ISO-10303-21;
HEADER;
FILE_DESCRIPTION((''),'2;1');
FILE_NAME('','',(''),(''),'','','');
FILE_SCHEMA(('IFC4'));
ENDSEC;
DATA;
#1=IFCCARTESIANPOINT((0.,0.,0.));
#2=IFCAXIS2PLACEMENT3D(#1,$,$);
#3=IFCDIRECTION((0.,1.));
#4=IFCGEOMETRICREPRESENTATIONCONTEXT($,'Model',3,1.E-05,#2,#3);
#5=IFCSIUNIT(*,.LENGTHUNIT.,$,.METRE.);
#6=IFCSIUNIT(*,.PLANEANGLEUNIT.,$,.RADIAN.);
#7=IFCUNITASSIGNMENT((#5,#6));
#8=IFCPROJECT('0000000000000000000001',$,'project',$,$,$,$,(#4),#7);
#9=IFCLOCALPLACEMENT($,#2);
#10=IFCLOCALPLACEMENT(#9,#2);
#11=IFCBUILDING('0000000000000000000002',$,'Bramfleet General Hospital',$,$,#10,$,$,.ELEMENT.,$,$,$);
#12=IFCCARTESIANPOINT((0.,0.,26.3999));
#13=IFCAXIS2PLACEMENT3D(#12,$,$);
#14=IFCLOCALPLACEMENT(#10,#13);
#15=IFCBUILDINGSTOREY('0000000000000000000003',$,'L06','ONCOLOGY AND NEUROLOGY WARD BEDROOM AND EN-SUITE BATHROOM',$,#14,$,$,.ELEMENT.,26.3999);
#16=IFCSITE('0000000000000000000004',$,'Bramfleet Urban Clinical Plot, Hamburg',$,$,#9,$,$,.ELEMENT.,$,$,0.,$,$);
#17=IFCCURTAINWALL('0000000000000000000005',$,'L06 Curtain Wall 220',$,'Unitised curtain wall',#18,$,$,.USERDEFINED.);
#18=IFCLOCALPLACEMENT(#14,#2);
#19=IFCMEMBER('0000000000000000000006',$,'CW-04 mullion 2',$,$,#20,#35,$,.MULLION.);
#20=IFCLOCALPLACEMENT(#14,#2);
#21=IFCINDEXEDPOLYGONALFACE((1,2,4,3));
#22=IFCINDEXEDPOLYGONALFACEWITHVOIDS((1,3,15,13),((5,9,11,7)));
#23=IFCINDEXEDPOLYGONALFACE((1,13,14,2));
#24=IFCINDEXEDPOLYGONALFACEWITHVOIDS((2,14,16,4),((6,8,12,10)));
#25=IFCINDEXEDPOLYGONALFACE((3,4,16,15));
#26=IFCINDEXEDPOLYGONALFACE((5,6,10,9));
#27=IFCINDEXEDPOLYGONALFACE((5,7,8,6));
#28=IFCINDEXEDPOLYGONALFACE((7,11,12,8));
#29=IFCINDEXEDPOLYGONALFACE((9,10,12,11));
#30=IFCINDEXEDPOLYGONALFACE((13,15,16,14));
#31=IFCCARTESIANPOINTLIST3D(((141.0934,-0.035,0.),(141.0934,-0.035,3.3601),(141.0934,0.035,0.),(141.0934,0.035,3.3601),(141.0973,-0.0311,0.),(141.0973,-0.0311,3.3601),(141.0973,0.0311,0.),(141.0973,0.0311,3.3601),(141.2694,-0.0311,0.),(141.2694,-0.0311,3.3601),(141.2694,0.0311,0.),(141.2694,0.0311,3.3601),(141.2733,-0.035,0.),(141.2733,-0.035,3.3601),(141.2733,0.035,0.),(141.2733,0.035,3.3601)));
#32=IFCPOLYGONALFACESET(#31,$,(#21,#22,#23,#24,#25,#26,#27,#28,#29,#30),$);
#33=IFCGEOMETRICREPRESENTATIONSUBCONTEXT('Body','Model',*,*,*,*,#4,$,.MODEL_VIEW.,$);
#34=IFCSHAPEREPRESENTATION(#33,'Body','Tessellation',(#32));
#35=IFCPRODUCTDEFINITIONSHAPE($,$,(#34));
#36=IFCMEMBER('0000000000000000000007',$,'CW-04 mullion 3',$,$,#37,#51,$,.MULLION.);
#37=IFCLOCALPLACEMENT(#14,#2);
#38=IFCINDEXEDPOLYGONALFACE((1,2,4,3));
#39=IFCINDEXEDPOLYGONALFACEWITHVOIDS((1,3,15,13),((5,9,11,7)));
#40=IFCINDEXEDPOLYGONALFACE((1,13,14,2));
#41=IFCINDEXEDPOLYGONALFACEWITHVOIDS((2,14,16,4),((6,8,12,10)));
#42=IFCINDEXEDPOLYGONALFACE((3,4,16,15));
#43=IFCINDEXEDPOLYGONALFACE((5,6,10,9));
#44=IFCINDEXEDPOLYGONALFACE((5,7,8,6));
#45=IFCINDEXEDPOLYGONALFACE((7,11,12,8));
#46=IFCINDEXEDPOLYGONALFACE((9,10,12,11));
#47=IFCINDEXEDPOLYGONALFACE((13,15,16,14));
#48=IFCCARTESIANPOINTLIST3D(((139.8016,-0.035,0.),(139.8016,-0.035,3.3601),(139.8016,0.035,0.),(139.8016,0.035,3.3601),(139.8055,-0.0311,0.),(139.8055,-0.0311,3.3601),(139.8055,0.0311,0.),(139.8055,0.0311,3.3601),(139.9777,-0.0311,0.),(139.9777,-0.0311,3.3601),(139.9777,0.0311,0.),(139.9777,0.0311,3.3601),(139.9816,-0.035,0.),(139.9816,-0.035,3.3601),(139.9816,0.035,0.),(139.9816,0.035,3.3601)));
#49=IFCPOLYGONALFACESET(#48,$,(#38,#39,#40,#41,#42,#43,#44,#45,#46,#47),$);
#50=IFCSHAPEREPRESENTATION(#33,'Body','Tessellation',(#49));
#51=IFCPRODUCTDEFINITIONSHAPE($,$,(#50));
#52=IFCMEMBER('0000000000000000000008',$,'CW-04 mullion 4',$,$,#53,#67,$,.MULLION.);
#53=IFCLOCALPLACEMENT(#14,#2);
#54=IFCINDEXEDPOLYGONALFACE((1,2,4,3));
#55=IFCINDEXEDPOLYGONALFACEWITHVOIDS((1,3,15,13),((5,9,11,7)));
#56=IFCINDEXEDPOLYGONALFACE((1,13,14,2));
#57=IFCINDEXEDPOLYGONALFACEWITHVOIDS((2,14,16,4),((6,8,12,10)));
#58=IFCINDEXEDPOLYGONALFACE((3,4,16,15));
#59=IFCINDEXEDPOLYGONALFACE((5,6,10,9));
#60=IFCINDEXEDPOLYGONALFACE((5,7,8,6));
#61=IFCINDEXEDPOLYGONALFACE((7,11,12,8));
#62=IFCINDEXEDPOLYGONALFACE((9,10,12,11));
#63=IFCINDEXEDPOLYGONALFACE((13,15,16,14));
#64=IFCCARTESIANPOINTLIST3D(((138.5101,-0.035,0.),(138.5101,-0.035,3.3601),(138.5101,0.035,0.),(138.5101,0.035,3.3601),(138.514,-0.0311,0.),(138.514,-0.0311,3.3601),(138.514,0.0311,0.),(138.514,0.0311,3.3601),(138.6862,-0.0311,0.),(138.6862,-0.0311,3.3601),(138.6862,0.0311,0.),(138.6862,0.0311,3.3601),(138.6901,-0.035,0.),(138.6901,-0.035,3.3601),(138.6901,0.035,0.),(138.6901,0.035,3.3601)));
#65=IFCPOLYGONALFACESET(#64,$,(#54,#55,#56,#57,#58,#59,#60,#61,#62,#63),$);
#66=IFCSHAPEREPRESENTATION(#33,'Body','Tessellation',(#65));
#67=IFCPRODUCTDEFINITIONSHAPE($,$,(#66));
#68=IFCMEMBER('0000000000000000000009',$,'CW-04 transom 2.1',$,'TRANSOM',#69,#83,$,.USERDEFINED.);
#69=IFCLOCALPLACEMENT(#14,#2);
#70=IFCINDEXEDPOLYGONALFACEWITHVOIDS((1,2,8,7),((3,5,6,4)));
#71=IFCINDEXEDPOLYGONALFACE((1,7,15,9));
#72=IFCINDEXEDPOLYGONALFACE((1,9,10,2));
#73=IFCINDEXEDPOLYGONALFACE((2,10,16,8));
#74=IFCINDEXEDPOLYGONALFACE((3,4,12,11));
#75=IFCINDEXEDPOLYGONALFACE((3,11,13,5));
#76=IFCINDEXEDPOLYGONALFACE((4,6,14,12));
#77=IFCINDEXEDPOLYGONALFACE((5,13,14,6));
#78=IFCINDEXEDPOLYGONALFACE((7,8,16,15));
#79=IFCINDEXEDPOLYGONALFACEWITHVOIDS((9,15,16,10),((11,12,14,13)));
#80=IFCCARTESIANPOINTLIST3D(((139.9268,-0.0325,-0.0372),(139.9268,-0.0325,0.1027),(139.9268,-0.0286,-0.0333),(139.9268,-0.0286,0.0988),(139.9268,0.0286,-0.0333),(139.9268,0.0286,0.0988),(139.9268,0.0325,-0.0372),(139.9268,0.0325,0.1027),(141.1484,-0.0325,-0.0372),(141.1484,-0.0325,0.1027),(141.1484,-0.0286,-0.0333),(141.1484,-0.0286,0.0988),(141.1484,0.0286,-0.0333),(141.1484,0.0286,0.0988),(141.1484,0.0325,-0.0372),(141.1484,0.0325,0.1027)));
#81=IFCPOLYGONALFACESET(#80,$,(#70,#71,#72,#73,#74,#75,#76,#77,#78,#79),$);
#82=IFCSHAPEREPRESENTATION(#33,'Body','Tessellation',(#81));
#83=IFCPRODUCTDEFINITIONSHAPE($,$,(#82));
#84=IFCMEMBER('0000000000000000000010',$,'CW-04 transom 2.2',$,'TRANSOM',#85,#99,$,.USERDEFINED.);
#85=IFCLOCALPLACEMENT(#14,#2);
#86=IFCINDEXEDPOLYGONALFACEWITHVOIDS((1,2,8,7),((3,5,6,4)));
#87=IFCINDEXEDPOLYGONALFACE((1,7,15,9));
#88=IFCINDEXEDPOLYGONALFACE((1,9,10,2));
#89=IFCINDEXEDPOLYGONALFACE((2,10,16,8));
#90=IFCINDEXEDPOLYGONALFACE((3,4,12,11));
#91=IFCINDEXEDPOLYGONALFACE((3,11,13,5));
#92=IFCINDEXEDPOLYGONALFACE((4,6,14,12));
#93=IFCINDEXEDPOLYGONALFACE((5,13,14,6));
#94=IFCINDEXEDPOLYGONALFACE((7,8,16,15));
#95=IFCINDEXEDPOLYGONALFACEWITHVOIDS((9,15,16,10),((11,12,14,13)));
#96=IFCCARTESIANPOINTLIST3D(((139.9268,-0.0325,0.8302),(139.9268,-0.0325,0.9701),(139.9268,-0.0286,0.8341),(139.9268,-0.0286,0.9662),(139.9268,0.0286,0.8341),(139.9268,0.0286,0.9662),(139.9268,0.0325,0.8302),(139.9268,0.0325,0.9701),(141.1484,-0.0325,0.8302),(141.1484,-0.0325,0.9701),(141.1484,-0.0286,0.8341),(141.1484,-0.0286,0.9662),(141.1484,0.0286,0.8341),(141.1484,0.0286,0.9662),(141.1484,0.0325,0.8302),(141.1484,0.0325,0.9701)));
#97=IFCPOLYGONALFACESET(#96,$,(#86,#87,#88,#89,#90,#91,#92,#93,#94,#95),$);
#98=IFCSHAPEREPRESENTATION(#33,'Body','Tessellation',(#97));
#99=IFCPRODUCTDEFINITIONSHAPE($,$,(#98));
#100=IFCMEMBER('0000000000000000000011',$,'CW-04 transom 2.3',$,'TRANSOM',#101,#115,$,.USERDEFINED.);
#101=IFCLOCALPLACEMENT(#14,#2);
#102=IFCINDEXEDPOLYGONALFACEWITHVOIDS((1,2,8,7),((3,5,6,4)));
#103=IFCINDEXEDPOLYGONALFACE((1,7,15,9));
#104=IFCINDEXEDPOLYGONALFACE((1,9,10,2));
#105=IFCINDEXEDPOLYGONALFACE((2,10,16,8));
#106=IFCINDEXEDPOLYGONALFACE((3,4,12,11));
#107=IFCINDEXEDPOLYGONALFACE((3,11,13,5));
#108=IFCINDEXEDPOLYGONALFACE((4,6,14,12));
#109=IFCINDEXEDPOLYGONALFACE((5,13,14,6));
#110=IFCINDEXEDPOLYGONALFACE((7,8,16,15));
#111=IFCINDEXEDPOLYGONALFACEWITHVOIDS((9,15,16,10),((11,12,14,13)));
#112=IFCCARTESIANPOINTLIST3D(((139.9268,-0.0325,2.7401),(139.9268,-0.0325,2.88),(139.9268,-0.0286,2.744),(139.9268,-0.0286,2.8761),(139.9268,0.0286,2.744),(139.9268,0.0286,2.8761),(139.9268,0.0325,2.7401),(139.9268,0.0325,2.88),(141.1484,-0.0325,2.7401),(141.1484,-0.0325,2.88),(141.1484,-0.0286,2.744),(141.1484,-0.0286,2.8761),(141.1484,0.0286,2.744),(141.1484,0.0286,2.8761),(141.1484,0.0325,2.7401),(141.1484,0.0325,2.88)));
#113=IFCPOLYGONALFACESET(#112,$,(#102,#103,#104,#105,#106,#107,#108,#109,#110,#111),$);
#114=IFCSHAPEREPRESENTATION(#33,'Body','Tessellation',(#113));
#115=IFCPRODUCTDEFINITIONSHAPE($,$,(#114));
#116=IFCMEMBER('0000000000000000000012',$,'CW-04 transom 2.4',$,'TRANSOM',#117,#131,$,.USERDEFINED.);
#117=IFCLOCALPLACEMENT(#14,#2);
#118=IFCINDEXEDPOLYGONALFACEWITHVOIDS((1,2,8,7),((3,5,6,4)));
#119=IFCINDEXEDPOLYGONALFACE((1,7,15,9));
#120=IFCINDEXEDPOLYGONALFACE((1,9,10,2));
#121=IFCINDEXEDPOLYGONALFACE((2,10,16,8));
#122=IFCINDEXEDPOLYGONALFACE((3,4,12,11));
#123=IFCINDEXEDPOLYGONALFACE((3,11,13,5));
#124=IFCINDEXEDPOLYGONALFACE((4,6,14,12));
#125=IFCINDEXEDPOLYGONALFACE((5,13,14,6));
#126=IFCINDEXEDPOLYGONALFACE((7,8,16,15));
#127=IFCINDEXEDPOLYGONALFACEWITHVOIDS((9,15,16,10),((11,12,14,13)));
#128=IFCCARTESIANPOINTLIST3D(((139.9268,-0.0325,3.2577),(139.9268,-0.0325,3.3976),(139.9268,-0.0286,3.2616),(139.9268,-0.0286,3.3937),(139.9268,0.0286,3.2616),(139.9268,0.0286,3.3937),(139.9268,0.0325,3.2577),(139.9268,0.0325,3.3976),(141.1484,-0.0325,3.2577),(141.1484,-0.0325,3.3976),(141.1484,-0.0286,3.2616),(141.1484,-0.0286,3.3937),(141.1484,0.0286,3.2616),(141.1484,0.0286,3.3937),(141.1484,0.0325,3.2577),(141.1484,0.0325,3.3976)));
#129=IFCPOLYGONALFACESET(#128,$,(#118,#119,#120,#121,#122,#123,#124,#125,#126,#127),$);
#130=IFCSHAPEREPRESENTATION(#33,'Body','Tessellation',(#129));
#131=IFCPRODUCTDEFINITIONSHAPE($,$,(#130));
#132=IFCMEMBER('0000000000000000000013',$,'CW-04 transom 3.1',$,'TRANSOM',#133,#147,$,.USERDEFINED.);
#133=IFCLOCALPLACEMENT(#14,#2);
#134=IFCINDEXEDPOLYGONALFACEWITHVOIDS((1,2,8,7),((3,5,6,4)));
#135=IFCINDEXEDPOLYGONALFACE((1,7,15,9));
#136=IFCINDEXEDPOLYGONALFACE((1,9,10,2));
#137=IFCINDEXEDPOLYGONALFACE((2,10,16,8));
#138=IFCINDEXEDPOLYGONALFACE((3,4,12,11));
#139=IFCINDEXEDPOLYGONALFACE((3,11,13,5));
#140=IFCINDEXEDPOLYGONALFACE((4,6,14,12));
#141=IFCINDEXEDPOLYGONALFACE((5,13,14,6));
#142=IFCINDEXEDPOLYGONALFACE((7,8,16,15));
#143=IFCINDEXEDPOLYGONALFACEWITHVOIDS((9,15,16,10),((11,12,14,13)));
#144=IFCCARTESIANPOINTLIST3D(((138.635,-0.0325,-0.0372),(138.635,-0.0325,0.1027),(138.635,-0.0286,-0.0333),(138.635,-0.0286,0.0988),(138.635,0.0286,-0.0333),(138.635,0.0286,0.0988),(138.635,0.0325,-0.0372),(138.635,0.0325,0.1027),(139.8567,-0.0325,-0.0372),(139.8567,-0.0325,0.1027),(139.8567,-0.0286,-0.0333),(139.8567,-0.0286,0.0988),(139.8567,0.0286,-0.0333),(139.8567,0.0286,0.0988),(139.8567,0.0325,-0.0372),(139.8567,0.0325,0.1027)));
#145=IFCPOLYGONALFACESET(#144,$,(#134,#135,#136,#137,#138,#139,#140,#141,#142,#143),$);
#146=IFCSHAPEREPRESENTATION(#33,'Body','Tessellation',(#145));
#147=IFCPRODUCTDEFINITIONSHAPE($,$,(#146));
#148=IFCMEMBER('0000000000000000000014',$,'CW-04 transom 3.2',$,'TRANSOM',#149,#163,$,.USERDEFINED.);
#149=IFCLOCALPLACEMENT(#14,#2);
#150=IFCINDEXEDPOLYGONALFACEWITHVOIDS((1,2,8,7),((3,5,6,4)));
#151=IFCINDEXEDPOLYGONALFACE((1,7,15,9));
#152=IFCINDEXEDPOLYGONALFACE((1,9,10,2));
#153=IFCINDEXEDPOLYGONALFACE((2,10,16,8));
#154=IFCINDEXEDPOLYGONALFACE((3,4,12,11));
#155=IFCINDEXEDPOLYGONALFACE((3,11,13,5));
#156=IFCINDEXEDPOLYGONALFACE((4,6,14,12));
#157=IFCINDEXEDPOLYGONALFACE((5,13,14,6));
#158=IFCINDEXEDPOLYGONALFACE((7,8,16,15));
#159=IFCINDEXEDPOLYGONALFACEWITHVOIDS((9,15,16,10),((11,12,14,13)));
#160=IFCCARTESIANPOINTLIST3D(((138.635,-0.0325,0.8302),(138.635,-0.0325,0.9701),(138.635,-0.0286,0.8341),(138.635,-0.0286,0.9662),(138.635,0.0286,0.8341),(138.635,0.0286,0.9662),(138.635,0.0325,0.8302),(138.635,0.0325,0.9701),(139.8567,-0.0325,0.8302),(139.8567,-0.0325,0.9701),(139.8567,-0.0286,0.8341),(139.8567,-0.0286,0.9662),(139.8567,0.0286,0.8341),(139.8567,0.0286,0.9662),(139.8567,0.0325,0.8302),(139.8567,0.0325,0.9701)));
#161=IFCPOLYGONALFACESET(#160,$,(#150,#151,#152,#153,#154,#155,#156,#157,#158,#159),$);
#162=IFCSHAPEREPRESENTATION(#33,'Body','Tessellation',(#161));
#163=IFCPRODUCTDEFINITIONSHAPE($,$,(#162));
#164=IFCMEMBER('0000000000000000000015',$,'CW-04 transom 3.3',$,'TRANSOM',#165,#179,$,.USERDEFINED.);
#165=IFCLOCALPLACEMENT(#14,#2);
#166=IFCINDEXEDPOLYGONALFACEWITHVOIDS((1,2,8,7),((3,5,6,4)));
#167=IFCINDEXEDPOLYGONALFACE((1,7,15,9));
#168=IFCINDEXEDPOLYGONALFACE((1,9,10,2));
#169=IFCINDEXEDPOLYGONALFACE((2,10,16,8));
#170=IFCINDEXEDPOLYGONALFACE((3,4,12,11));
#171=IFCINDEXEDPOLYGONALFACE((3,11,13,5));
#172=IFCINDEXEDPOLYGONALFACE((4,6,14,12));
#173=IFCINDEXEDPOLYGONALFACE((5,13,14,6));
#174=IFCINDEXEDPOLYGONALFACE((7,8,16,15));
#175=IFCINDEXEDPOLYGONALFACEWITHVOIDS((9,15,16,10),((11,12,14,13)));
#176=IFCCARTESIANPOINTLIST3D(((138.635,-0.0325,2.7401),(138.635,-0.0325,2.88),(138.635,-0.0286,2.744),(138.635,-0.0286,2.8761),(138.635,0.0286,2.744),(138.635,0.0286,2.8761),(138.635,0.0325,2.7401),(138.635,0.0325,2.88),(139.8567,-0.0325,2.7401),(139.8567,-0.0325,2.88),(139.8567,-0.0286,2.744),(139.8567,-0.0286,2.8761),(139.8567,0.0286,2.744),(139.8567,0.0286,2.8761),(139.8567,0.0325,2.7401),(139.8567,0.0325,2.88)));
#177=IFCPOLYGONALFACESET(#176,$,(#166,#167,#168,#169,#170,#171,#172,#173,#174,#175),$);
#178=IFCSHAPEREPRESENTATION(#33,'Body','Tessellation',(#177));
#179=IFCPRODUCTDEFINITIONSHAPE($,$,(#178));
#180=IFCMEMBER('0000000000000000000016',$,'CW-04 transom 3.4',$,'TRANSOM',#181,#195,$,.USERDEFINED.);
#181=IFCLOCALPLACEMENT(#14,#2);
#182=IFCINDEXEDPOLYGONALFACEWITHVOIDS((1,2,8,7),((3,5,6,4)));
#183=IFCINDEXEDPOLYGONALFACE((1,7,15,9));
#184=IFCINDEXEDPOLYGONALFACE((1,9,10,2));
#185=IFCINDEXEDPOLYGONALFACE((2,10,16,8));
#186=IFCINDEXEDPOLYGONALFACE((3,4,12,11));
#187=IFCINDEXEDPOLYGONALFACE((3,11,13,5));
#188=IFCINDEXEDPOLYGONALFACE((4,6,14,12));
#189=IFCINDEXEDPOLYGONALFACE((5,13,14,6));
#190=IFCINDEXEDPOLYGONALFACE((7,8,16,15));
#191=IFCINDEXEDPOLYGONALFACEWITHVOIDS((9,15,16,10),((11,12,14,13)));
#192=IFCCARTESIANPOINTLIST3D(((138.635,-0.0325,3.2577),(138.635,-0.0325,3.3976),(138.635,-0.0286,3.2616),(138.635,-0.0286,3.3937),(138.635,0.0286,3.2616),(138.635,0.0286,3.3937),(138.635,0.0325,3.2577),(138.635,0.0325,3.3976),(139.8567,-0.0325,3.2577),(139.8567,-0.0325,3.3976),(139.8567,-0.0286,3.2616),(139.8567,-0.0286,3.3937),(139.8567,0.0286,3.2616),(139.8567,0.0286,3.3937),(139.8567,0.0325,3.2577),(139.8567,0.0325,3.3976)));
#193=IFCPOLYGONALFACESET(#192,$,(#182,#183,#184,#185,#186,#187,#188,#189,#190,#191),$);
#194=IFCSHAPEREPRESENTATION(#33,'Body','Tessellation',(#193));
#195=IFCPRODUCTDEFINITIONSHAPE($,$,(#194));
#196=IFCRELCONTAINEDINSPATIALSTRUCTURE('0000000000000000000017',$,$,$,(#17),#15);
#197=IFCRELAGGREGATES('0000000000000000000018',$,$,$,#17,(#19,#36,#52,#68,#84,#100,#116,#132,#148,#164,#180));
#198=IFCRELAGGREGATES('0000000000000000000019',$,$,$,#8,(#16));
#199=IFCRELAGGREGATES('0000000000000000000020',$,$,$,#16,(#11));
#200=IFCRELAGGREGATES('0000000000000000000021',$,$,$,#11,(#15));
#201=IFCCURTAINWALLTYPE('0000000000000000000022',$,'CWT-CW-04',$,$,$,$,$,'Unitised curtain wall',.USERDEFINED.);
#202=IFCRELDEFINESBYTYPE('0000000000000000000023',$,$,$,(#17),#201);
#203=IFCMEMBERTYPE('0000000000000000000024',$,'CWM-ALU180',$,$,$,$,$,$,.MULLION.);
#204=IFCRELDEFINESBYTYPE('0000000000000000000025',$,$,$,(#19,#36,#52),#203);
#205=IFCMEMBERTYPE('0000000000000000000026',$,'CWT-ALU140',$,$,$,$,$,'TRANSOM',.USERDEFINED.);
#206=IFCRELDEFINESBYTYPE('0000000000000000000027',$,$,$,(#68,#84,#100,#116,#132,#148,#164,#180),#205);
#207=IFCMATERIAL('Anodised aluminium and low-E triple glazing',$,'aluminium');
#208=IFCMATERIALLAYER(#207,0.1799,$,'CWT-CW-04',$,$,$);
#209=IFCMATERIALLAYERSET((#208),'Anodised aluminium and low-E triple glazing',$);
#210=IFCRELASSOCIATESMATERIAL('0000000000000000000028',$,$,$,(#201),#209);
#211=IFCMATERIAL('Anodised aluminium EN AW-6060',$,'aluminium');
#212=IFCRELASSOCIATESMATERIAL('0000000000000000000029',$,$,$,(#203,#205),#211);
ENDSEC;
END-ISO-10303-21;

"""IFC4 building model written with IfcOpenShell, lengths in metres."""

from ifc_helpers import new_model, si_unit, direction, frame, origin, origin_2d, place, context, subcontext, project, spatial, hollow_rectangle, extrude, material, layer, layer_set, material_profile, profile_set, type_object, element, aggregate, save


model = new_model("IFC4")

# Units and contexts
model_context = context("Model", 3, precision=1e-05, world=origin(), true_north=direction((0.0, 1.0)))
body_context = subcontext(model_context, "Body", "Model", "MODEL_VIEW")
ifc_project = project(units=[si_unit("LENGTHUNIT", "METRE"), si_unit("PLANEANGLEUNIT", "RADIAN")], contexts=[model_context])

# Site, building, storey
site_placement = place(None, origin())
site = spatial("IfcSite", under=ifc_project, at=site_placement, Name="Bramfleet Urban Clinical Plot, Hamburg", CompositionType="ELEMENT", RefElevation=0.0)
building_placement = place(site_placement, origin())
building = spatial("IfcBuilding", under=site, at=building_placement, Name="Bramfleet General Hospital", CompositionType="ELEMENT")
storey_placement = place(building_placement, frame((0.0, 0.0, 26.3999)))
storey = spatial("IfcBuildingStorey", under=building, at=storey_placement, Name="L06", Description="ONCOLOGY AND NEUROLOGY WARD BEDROOM AND EN-SUITE BATHROOM", CompositionType="ELEMENT", Elevation=26.3999)

# Curtain wall, members
ifc_material_1 = material(Name="Anodised aluminium and low-E triple glazing", Category="aluminium")
ifc_layer_1 = layer(ifc_material_1, 0.1799, Name="CWT-CW-04")
ifc_layer_set_1 = layer_set([ifc_layer_1], Name="Anodised aluminium and low-E triple glazing")
curtain_wall_type = type_object("IfcCurtainWallType", Name="CWT-CW-04", ElementType="Unitised curtain wall", PredefinedType="USERDEFINED", material=ifc_layer_set_1)
curtain_wall_placement = place(storey_placement, origin())
curtain_wall = element("IfcCurtainWall", 1, at=curtain_wall_placement, inside=storey, type_object=curtain_wall_type, Name="L06 Curtain Wall 220", ObjectType="Unitised curtain wall", PredefinedType="USERDEFINED")
ifc_material_2 = material(Name="Anodised aluminium EN AW-6060", Category="aluminium")
ifc_material_profile_1 = material_profile(ifc_material_2, hollow_rectangle(XDim=0.0701, YDim=0.1799, WallThickness=0.0039, at=origin_2d()), Name="ALU 180x70x4.0")
ifc_profile_set_1 = profile_set([ifc_material_profile_1], Name="Anodised aluminium EN AW-6060")
member_type_1 = type_object("IfcMemberType", Name="CWM-ALU180", PredefinedType="MULLION", material=ifc_profile_set_1)
member_1_placement = place(storey_placement, frame((141.1833, 0.0, 0.0), z_axis=(0.0, 0.0, 1.0), x_axis=(0.0, -1.0, 0.0)))
member_1 = element("IfcMember", 2, at=member_1_placement, type_object=member_type_1, Name="CW-04 mullion 2", PredefinedType="MULLION", context=body_context, shape_type="SweptSolid", body=[
    extrude(hollow_rectangle(XDim=0.0701, YDim=0.1799, WallThickness=0.0039, at=origin_2d()), origin(), (0.0, 0.0, 1.0), 3.3601),
])
member_2_placement = place(storey_placement, frame((139.8916, 0.0, 0.0), z_axis=(0.0, 0.0, 1.0), x_axis=(0.0, -1.0, 0.0)))
member_2 = element("IfcMember", 3, at=member_2_placement, type_object=member_type_1, Name="CW-04 mullion 3", PredefinedType="MULLION", context=body_context, shape_type="SweptSolid", body=[
    extrude(hollow_rectangle(XDim=0.0701, YDim=0.1799, WallThickness=0.0039, at=origin_2d()), origin(), (0.0, 0.0, 1.0), 3.3601),
])
member_3_placement = place(storey_placement, frame((138.6001, 0.0, 0.0), z_axis=(0.0, 0.0, 1.0), x_axis=(0.0, -1.0, 0.0)))
member_3 = element("IfcMember", 4, at=member_3_placement, type_object=member_type_1, Name="CW-04 mullion 4", PredefinedType="MULLION", context=body_context, shape_type="SweptSolid", body=[
    extrude(hollow_rectangle(XDim=0.0701, YDim=0.1799, WallThickness=0.0039, at=origin_2d()), origin(), (0.0, 0.0, 1.0), 3.3601),
])
ifc_material_profile_2 = material_profile(ifc_material_2, hollow_rectangle(XDim=0.0649, YDim=0.1399, WallThickness=0.0039, at=origin_2d()), Name="ALU 140x65x4.0")
ifc_profile_set_2 = profile_set([ifc_material_profile_2], Name="Anodised aluminium EN AW-6060")
member_type_2 = type_object("IfcMemberType", Name="CWT-ALU140", ElementType="TRANSOM", PredefinedType="USERDEFINED", material=ifc_profile_set_2)
member_4_placement = place(storey_placement, frame((141.1484, 0.0, 0.0327), z_axis=(-1.0, 0.0, 0.0), x_axis=(0.0, -1.0, 0.0)))
member_4 = element("IfcMember", 5, at=member_4_placement, type_object=member_type_2, Name="CW-04 transom 2.1", ObjectType="TRANSOM", PredefinedType="USERDEFINED", context=body_context, shape_type="SweptSolid", body=[
    extrude(hollow_rectangle(XDim=0.0649, YDim=0.1399, WallThickness=0.0039, at=origin_2d()), origin(), (0.0, 0.0, 1.0), 1.2217),
])
member_5_placement = place(storey_placement, frame((141.1484, 0.0, 0.9001), z_axis=(-1.0, 0.0, 0.0), x_axis=(0.0, -1.0, 0.0)))
member_5 = element("IfcMember", 6, at=member_5_placement, type_object=member_type_2, Name="CW-04 transom 2.2", ObjectType="TRANSOM", PredefinedType="USERDEFINED", context=body_context, shape_type="SweptSolid", body=[
    extrude(hollow_rectangle(XDim=0.0649, YDim=0.1399, WallThickness=0.0039, at=origin_2d()), origin(), (0.0, 0.0, 1.0), 1.2217),
])
member_6_placement = place(storey_placement, frame((141.1484, 0.0, 2.8101), z_axis=(-1.0, 0.0, 0.0), x_axis=(0.0, -1.0, 0.0)))
member_6 = element("IfcMember", 7, at=member_6_placement, type_object=member_type_2, Name="CW-04 transom 2.3", ObjectType="TRANSOM", PredefinedType="USERDEFINED", context=body_context, shape_type="SweptSolid", body=[
    extrude(hollow_rectangle(XDim=0.0649, YDim=0.1399, WallThickness=0.0039, at=origin_2d()), origin(), (0.0, 0.0, 1.0), 1.2217),
])
member_7_placement = place(storey_placement, frame((141.1484, 0.0, 3.3276), z_axis=(-1.0, 0.0, 0.0), x_axis=(0.0, -1.0, 0.0)))
member_7 = element("IfcMember", 8, at=member_7_placement, type_object=member_type_2, Name="CW-04 transom 2.4", ObjectType="TRANSOM", PredefinedType="USERDEFINED", context=body_context, shape_type="SweptSolid", body=[
    extrude(hollow_rectangle(XDim=0.0649, YDim=0.1399, WallThickness=0.0039, at=origin_2d()), origin(), (0.0, 0.0, 1.0), 1.2217),
])
member_8_placement = place(storey_placement, frame((139.8567, 0.0, 0.0327), z_axis=(-1.0, 0.0, 0.0), x_axis=(0.0, -1.0, 0.0)))
member_8 = element("IfcMember", 9, at=member_8_placement, type_object=member_type_2, Name="CW-04 transom 3.1", ObjectType="TRANSOM", PredefinedType="USERDEFINED", context=body_context, shape_type="SweptSolid", body=[
    extrude(hollow_rectangle(XDim=0.0649, YDim=0.1399, WallThickness=0.0039, at=origin_2d()), origin(), (0.0, 0.0, 1.0), 1.2217),
])
member_9_placement = place(storey_placement, frame((139.8567, 0.0, 0.9001), z_axis=(-1.0, 0.0, 0.0), x_axis=(0.0, -1.0, 0.0)))
member_9 = element("IfcMember", 10, at=member_9_placement, type_object=member_type_2, Name="CW-04 transom 3.2", ObjectType="TRANSOM", PredefinedType="USERDEFINED", context=body_context, shape_type="SweptSolid", body=[
    extrude(hollow_rectangle(XDim=0.0649, YDim=0.1399, WallThickness=0.0039, at=origin_2d()), origin(), (0.0, 0.0, 1.0), 1.2217),
])
member_10_placement = place(storey_placement, frame((139.8567, 0.0, 2.8101), z_axis=(-1.0, 0.0, 0.0), x_axis=(0.0, -1.0, 0.0)))
member_10 = element("IfcMember", 11, at=member_10_placement, type_object=member_type_2, Name="CW-04 transom 3.3", ObjectType="TRANSOM", PredefinedType="USERDEFINED", context=body_context, shape_type="SweptSolid", body=[
    extrude(hollow_rectangle(XDim=0.0649, YDim=0.1399, WallThickness=0.0039, at=origin_2d()), origin(), (0.0, 0.0, 1.0), 1.2217),
])
member_11_placement = place(storey_placement, frame((139.8567, 0.0, 3.3276), z_axis=(-1.0, 0.0, 0.0), x_axis=(0.0, -1.0, 0.0)))
member_11 = element("IfcMember", 12, at=member_11_placement, type_object=member_type_2, Name="CW-04 transom 3.4", ObjectType="TRANSOM", PredefinedType="USERDEFINED", context=body_context, shape_type="SweptSolid", body=[
    extrude(hollow_rectangle(XDim=0.0649, YDim=0.1399, WallThickness=0.0039, at=origin_2d()), origin(), (0.0, 0.0, 1.0), 1.2217),
])
aggregate(curtain_wall, [member_1, member_2, member_3, member_4, member_5, member_6, member_7, member_8, member_9, member_10, member_11])

save(model, "model.ifc")
